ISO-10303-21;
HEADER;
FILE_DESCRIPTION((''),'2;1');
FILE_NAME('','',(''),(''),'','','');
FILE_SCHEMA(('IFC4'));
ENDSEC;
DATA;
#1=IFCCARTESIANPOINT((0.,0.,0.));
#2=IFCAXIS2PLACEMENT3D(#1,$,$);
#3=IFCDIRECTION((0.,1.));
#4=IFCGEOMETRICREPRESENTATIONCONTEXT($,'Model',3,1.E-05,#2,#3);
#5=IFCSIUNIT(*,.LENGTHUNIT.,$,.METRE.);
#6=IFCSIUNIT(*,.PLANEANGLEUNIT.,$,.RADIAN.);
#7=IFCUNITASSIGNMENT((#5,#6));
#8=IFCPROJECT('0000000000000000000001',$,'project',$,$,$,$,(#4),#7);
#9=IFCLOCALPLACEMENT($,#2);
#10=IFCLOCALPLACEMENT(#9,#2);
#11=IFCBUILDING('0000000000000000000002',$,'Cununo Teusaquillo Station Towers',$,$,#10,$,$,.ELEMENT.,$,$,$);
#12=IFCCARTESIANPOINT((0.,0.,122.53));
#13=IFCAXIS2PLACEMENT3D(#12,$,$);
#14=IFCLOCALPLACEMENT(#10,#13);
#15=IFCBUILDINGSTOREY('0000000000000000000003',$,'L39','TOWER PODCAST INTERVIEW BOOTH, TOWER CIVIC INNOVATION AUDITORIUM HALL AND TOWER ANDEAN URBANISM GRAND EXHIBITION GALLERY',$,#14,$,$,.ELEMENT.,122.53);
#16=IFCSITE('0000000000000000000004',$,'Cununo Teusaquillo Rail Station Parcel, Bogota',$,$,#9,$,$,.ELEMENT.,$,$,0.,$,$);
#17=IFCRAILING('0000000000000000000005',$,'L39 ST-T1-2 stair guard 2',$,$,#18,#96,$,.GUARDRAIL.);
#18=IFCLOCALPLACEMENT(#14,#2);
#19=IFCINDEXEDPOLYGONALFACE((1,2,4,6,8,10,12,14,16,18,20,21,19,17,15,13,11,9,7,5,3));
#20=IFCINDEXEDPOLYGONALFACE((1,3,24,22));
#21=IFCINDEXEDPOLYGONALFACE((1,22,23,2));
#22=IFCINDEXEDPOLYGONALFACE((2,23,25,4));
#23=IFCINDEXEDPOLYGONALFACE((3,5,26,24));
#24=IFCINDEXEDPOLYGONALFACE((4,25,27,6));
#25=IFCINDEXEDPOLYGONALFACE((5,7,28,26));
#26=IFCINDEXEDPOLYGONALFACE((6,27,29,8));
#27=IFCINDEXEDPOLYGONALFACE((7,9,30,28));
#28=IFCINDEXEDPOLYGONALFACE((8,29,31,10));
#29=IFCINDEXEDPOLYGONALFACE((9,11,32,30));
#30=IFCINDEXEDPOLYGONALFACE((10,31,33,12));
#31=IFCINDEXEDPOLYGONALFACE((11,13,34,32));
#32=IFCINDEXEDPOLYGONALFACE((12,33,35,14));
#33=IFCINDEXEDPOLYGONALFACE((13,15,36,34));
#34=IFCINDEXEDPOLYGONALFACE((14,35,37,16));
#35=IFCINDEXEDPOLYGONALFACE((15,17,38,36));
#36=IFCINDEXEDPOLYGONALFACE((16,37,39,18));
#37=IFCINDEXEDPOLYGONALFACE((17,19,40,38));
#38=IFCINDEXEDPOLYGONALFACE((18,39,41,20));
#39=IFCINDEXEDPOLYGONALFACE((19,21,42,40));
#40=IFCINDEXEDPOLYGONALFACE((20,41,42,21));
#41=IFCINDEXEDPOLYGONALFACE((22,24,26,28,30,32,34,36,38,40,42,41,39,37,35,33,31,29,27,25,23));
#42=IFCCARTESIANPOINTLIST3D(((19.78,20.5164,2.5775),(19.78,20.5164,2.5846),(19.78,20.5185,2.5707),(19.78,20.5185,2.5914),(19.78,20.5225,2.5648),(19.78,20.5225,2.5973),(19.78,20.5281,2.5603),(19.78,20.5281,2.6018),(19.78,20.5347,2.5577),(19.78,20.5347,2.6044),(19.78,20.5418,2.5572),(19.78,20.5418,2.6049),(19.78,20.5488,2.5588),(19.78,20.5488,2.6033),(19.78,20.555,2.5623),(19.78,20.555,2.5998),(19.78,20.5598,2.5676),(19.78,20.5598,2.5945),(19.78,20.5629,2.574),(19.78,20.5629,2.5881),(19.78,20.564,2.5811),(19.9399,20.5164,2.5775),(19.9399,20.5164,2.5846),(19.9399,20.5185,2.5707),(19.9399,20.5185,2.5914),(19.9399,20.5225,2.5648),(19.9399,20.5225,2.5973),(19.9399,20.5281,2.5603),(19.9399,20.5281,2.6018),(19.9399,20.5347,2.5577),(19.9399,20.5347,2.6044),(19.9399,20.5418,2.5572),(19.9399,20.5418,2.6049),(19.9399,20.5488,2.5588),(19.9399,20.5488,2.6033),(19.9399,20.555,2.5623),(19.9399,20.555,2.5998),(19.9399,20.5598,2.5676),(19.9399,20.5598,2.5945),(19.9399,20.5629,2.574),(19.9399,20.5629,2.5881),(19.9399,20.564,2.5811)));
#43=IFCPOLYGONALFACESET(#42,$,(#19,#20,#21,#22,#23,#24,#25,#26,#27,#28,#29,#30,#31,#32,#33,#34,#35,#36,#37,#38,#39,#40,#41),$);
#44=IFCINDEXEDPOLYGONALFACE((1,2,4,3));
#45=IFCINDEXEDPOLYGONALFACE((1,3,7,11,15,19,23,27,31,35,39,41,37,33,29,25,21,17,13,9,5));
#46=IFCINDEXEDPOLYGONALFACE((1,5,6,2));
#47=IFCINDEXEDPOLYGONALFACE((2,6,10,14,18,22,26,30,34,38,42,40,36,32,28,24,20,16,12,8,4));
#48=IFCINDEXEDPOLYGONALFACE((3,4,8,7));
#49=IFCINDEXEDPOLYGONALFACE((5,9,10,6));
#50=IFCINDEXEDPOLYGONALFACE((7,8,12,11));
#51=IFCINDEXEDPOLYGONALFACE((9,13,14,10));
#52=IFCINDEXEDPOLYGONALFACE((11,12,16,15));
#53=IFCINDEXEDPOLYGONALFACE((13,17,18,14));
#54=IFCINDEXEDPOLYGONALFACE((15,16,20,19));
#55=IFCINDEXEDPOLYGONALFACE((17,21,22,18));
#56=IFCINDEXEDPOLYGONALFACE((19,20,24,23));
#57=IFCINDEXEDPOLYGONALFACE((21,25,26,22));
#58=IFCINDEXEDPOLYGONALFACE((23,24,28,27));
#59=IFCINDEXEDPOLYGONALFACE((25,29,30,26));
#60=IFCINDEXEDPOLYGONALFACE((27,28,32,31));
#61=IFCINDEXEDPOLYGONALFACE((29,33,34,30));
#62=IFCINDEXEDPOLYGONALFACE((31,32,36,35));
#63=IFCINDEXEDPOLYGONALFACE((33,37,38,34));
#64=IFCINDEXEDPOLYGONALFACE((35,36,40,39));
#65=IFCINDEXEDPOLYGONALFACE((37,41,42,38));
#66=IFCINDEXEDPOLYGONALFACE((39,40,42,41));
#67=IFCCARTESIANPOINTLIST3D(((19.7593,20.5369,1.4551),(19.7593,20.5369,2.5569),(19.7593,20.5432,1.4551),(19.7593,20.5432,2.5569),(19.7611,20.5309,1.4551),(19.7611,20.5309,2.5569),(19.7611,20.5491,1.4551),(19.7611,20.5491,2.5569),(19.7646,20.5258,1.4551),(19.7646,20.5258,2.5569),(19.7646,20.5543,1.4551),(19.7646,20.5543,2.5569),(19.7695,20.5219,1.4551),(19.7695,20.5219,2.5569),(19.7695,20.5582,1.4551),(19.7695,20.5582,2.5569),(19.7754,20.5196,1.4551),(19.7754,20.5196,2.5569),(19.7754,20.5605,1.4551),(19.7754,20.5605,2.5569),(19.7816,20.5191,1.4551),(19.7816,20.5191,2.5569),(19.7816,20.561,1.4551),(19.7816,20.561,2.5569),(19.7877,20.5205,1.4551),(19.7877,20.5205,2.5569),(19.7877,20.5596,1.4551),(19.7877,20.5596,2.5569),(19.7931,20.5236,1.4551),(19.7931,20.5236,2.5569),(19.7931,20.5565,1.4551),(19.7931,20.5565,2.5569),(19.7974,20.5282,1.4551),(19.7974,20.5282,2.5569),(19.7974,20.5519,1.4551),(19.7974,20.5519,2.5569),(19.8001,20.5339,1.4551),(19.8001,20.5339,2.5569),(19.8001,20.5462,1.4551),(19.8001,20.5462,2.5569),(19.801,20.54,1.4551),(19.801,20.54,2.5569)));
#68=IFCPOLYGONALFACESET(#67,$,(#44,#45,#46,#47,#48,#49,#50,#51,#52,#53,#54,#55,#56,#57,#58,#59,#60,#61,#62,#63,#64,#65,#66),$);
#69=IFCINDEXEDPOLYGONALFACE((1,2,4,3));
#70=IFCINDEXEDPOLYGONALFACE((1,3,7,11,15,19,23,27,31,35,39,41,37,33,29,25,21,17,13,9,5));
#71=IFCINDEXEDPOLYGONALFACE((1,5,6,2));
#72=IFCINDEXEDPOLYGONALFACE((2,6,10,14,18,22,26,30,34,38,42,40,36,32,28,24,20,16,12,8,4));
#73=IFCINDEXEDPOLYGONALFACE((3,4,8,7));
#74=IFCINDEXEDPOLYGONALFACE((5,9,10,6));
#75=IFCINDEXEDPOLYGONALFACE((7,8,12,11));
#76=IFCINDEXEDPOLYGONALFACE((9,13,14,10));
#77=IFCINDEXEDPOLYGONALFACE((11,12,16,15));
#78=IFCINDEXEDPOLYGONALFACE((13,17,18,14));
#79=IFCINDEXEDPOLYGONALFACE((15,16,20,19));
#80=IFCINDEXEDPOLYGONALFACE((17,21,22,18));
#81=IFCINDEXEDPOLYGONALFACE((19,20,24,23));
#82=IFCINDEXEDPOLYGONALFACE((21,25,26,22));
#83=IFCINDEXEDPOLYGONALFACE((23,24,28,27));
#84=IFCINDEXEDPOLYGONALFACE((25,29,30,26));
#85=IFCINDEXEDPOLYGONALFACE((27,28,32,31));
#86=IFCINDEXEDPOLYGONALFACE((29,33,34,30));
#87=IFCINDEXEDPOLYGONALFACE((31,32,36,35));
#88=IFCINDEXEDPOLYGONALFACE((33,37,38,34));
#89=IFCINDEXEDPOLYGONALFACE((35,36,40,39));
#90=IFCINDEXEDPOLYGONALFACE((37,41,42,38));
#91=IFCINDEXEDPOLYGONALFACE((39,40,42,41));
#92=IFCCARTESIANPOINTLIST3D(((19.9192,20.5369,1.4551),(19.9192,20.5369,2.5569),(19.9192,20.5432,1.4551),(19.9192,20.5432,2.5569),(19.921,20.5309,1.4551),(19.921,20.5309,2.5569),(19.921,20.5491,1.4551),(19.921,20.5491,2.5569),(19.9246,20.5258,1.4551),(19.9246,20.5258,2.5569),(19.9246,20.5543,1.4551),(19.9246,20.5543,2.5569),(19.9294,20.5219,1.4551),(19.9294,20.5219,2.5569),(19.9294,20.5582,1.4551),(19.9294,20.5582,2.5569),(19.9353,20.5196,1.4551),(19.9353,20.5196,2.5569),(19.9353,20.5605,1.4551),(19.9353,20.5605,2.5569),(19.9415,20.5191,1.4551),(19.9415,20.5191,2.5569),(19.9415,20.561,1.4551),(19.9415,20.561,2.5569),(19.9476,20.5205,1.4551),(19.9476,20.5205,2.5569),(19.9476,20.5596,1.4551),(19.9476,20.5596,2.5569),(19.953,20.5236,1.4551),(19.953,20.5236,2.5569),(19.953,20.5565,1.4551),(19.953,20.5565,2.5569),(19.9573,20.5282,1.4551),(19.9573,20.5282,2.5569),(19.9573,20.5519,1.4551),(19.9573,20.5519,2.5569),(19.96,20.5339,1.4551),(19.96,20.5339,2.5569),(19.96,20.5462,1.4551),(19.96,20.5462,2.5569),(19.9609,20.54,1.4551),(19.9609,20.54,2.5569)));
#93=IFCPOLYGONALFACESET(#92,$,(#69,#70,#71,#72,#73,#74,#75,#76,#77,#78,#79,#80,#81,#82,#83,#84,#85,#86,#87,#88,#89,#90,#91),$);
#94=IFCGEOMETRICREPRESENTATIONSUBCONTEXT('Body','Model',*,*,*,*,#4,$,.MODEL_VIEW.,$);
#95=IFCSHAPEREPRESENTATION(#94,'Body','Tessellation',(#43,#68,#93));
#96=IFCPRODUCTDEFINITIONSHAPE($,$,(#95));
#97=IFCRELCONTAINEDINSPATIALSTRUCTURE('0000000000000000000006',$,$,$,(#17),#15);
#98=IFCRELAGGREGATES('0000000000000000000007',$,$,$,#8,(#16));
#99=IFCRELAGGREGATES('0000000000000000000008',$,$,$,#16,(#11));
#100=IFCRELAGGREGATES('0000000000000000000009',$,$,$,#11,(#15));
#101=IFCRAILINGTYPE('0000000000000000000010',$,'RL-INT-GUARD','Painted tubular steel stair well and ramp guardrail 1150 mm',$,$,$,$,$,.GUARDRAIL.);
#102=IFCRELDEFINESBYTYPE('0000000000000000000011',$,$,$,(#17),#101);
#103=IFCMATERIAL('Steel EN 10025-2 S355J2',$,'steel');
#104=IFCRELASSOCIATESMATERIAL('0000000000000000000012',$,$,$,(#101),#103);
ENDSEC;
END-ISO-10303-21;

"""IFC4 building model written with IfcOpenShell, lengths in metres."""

from ifc_helpers import new_model, si_unit, direction, frame, origin, origin_2d, place, context, subcontext, project, spatial, circle, extrude, material, type_object, element, save


model = new_model("IFC4")

# Units and contexts
model_context = context("Model", 3, precision=1e-05, world=origin(), true_north=direction((0.0, 1.0)))
body_context = subcontext(model_context, "Body", "Model", "MODEL_VIEW")
ifc_project = project(units=[si_unit("LENGTHUNIT", "METRE"), si_unit("PLANEANGLEUNIT", "RADIAN")], contexts=[model_context])

# Site, building, storey
site_placement = place(None, origin())
site = spatial("IfcSite", under=ifc_project, at=site_placement, Name="Cununo Teusaquillo Rail Station Parcel, Bogota", CompositionType="ELEMENT", RefElevation=0.0)
building_placement = place(site_placement, origin())
building = spatial("IfcBuilding", under=site, at=building_placement, Name="Cununo Teusaquillo Station Towers", CompositionType="ELEMENT")
storey_placement = place(building_placement, frame((0.0, 0.0, 122.53)))
storey = spatial("IfcBuildingStorey", under=building, at=storey_placement, Name="L39", Description="TOWER PODCAST INTERVIEW BOOTH, TOWER CIVIC INNOVATION AUDITORIUM HALL AND TOWER ANDEAN URBANISM GRAND EXHIBITION GALLERY", CompositionType="ELEMENT", Elevation=122.53)

# Railing
ifc_material_1 = material(Name="Steel EN 10025-2 S355J2", Category="steel")
railing_type_1 = type_object("IfcRailingType", Name="RL-INT-GUARD", Description="Painted tubular steel stair well and ramp guardrail 1150 mm", PredefinedType="GUARDRAIL", material=ifc_material_1)
railing_1_placement = place(storey_placement, frame((19.78, 20.54, 1.4551)))
element("IfcRailing", 1, at=railing_1_placement, inside=storey, type_object=railing_type_1, Name="L39 ST-T1-2 stair guard 2", PredefinedType="GUARDRAIL", context=body_context, shape_type="SweptSolid", body=[
    extrude(circle(Radius=0.0239, at=origin_2d()), frame((0.0, 0.0, 1.126), z_axis=(1.0, 0.0, 0.0), x_axis=(0.0, 1.0, 0.0)), (0.0, 0.0, 1.0), 0.1599),
    extrude(circle(Radius=0.021, at=origin_2d()), origin(), (0.0, 0.0, 1.0), 1.1018),
    extrude(circle(Radius=0.021, at=origin_2d()), frame((0.1599, 0.0, 0.0)), (0.0, 0.0, 1.0), 1.1018),
])

save(model, "model.ifc")
